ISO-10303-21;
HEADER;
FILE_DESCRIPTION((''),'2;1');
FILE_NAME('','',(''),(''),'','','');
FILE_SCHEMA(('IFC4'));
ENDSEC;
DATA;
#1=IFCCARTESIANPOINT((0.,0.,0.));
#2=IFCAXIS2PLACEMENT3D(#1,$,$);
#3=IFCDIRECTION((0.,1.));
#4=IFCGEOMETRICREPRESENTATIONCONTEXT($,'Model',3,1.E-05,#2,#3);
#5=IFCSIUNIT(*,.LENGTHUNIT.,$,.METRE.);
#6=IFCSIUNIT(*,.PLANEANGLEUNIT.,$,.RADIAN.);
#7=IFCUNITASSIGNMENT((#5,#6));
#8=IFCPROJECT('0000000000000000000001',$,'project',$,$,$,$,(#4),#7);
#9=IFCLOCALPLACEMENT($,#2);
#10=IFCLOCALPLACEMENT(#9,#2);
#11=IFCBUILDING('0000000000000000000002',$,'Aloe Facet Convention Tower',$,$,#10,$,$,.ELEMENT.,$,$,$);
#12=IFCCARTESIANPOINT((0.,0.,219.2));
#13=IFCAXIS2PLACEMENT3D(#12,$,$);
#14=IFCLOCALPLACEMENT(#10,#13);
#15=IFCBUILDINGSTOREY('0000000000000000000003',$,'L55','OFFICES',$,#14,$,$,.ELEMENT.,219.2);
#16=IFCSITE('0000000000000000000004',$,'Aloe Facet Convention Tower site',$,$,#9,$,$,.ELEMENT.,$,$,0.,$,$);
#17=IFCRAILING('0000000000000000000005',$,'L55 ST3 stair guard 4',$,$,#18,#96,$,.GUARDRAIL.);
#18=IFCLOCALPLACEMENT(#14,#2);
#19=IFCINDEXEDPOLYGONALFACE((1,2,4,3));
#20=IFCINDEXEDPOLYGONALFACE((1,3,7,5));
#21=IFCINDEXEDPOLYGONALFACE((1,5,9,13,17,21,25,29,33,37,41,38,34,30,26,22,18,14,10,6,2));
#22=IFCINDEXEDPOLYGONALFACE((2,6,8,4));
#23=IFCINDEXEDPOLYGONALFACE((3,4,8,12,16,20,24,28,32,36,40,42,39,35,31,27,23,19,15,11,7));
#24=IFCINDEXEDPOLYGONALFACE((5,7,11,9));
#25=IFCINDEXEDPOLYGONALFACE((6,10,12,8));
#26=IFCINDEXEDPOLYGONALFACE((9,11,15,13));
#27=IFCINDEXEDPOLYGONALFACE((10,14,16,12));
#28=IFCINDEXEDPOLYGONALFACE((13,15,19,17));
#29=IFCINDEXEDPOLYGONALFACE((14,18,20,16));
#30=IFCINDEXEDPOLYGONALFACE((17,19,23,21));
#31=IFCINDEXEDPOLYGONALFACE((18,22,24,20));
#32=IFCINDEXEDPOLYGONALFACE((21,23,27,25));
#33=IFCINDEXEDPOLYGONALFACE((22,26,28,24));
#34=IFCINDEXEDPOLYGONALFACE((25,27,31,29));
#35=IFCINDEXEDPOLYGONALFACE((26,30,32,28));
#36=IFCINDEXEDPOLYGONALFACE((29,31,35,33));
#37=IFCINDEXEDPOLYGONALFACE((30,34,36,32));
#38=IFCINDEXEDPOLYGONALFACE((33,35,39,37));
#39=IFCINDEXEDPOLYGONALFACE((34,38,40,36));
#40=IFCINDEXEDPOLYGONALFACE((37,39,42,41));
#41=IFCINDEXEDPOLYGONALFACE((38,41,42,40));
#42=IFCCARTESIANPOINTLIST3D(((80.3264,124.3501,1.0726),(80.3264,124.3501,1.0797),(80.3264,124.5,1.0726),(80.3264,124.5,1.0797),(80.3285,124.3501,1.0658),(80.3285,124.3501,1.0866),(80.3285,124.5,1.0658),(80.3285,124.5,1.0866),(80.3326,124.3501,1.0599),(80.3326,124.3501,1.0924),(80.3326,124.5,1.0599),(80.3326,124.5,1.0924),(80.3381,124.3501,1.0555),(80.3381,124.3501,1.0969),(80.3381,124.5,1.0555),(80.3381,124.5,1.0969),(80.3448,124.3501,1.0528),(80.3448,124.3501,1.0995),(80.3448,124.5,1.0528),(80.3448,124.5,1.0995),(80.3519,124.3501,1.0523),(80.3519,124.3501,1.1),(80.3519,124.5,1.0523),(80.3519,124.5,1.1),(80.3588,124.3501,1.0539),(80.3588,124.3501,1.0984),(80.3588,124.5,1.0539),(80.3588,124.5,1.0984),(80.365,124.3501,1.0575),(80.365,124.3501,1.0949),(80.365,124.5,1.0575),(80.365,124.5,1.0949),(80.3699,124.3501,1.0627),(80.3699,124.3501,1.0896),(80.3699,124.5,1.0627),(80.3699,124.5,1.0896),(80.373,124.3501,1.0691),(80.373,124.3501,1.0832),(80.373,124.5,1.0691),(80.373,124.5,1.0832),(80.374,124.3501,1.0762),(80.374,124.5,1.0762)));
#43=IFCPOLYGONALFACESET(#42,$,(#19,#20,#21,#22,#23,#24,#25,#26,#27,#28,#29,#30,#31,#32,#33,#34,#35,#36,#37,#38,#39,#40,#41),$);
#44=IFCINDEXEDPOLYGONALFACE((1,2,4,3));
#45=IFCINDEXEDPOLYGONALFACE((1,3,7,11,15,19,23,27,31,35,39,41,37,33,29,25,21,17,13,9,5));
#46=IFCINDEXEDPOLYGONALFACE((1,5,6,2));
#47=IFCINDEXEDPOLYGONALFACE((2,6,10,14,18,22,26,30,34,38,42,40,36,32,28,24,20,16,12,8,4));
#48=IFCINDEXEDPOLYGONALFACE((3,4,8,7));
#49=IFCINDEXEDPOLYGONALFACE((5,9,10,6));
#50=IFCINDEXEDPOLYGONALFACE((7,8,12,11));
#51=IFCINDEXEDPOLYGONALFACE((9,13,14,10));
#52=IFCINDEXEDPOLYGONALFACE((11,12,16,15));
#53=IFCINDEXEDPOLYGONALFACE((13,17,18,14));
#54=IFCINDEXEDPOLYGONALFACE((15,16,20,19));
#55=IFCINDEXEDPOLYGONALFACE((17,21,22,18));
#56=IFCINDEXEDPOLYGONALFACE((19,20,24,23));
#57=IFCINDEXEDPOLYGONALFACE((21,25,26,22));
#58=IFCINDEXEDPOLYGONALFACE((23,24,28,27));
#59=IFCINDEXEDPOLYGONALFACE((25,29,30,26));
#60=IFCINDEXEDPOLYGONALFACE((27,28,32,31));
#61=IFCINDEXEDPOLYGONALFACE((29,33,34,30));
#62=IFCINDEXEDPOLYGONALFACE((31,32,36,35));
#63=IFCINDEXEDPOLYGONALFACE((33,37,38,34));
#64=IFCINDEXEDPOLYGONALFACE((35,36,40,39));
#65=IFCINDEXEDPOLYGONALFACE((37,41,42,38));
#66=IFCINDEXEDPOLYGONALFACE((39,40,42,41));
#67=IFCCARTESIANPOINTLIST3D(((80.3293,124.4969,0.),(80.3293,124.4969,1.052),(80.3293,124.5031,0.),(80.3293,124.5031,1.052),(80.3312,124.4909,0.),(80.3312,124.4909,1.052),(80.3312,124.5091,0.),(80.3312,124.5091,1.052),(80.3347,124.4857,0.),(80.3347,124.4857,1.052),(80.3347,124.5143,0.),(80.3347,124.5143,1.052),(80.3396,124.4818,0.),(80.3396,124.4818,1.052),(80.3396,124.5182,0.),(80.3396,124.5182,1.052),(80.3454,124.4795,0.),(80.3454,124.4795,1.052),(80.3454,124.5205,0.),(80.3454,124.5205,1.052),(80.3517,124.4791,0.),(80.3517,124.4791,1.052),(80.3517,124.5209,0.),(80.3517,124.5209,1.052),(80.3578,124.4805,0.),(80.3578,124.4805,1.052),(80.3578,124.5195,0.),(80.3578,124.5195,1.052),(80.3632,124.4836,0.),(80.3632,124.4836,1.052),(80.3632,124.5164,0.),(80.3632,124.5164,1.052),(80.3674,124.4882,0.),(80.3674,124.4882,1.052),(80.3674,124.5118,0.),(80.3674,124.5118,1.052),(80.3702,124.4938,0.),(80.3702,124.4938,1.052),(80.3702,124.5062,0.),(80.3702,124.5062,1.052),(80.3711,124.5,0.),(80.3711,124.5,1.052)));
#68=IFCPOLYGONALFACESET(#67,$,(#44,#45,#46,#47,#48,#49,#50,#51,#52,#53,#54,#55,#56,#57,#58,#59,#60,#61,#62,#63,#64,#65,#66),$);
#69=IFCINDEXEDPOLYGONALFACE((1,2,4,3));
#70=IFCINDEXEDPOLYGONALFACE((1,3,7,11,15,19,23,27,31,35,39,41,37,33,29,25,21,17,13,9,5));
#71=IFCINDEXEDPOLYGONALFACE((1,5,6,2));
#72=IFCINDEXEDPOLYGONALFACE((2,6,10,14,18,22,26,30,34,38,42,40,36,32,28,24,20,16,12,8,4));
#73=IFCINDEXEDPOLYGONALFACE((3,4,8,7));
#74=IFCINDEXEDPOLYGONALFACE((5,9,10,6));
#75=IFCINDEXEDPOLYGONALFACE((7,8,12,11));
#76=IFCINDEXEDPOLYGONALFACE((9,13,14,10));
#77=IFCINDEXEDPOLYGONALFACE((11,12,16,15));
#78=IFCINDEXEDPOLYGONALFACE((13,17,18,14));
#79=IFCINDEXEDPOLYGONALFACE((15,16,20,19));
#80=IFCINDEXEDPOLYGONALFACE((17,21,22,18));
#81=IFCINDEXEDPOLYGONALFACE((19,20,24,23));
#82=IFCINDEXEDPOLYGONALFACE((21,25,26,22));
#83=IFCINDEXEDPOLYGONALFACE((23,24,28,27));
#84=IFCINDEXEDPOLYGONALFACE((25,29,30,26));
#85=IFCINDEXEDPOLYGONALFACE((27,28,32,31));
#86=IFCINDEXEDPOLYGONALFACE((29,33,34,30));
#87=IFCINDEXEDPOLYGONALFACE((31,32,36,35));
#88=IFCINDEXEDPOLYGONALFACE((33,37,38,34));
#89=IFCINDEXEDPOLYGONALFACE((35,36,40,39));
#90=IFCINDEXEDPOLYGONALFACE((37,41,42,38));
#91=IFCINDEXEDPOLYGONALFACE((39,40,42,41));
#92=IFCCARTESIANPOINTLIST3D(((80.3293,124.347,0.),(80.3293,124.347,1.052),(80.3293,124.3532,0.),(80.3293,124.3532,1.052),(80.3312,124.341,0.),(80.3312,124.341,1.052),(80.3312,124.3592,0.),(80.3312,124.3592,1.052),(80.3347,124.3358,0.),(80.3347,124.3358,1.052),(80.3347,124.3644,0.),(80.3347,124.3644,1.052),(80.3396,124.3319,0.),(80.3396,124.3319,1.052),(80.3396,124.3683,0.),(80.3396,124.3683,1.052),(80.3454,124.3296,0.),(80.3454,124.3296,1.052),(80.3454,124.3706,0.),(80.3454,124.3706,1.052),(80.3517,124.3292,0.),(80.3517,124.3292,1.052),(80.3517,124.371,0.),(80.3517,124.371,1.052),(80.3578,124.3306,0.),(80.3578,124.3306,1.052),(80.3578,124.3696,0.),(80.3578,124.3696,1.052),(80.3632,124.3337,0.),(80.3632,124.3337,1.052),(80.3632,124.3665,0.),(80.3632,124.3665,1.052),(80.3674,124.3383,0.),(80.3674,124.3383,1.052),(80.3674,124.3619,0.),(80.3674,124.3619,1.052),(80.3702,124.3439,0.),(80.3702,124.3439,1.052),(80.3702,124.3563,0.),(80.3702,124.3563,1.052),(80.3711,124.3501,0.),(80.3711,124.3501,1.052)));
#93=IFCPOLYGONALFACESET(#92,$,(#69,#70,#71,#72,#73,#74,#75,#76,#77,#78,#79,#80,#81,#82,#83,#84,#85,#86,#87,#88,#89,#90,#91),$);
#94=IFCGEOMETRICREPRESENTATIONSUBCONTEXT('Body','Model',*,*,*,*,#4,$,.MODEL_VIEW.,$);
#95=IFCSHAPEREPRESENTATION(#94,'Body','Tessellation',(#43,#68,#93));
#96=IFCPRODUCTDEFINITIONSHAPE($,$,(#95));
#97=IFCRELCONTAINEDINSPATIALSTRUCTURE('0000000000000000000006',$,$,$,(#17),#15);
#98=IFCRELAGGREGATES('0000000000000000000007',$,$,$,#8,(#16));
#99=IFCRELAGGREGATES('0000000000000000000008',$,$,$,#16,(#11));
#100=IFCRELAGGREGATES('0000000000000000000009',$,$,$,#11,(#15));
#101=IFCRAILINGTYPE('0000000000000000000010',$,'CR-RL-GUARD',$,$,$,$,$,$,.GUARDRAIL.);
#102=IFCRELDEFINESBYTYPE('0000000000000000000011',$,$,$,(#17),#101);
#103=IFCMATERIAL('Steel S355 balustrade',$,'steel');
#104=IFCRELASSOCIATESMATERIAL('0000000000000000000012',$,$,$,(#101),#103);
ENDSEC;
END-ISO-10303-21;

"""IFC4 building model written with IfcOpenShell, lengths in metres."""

from ifc_helpers import new_model, si_unit, direction, frame, origin, origin_2d, place, context, subcontext, project, spatial, circle, extrude, material, type_object, element, save


model = new_model("IFC4")

# Units and contexts
model_context = context("Model", 3, precision=1e-05, world=origin(), true_north=direction((0.0, 1.0)))
body_context = subcontext(model_context, "Body", "Model", "MODEL_VIEW")
ifc_project = project(units=[si_unit("LENGTHUNIT", "METRE"), si_unit("PLANEANGLEUNIT", "RADIAN")], contexts=[model_context])

# Site, building, storey
site_placement = place(None, origin())
site = spatial("IfcSite", under=ifc_project, at=site_placement, Name="Aloe Facet Convention Tower site", CompositionType="ELEMENT", RefElevation=0.0)
building_placement = place(site_placement, origin())
building = spatial("IfcBuilding", under=site, at=building_placement, Name="Aloe Facet Convention Tower", CompositionType="ELEMENT")
storey_placement = place(building_placement, frame((0.0, 0.0, 219.2)))
storey = spatial("IfcBuildingStorey", under=building, at=storey_placement, Name="L55", Description="OFFICES", CompositionType="ELEMENT", Elevation=219.2)

# Railing
ifc_material_1 = material(Name="Steel S355 balustrade", Category="steel")
railing_type_1 = type_object("IfcRailingType", Name="CR-RL-GUARD", PredefinedType="GUARDRAIL", material=ifc_material_1)
railing_1_placement = place(storey_placement, frame((80.3501, 124.5, 0.0)))
element("IfcRailing", 1, at=railing_1_placement, inside=storey, type_object=railing_type_1, Name="L55 ST3 stair guard 4", PredefinedType="GUARDRAIL", context=body_context, shape_type="SweptSolid", body=[
    extrude(circle(Radius=0.0239, at=origin_2d()), frame((0.0, 0.0, 1.0762), z_axis=(0.0, -1.0, 0.0), x_axis=(1.0, 0.0, 0.0)), (0.0, 0.0, 1.0), 0.1499),
    extrude(circle(Radius=0.021, at=origin_2d()), origin(), (0.0, 0.0, 1.0), 1.052),
    extrude(circle(Radius=0.021, at=origin_2d()), frame((0.0, -0.1499, 0.0)), (0.0, 0.0, 1.0), 1.052),
])

save(model, "model.ifc")
